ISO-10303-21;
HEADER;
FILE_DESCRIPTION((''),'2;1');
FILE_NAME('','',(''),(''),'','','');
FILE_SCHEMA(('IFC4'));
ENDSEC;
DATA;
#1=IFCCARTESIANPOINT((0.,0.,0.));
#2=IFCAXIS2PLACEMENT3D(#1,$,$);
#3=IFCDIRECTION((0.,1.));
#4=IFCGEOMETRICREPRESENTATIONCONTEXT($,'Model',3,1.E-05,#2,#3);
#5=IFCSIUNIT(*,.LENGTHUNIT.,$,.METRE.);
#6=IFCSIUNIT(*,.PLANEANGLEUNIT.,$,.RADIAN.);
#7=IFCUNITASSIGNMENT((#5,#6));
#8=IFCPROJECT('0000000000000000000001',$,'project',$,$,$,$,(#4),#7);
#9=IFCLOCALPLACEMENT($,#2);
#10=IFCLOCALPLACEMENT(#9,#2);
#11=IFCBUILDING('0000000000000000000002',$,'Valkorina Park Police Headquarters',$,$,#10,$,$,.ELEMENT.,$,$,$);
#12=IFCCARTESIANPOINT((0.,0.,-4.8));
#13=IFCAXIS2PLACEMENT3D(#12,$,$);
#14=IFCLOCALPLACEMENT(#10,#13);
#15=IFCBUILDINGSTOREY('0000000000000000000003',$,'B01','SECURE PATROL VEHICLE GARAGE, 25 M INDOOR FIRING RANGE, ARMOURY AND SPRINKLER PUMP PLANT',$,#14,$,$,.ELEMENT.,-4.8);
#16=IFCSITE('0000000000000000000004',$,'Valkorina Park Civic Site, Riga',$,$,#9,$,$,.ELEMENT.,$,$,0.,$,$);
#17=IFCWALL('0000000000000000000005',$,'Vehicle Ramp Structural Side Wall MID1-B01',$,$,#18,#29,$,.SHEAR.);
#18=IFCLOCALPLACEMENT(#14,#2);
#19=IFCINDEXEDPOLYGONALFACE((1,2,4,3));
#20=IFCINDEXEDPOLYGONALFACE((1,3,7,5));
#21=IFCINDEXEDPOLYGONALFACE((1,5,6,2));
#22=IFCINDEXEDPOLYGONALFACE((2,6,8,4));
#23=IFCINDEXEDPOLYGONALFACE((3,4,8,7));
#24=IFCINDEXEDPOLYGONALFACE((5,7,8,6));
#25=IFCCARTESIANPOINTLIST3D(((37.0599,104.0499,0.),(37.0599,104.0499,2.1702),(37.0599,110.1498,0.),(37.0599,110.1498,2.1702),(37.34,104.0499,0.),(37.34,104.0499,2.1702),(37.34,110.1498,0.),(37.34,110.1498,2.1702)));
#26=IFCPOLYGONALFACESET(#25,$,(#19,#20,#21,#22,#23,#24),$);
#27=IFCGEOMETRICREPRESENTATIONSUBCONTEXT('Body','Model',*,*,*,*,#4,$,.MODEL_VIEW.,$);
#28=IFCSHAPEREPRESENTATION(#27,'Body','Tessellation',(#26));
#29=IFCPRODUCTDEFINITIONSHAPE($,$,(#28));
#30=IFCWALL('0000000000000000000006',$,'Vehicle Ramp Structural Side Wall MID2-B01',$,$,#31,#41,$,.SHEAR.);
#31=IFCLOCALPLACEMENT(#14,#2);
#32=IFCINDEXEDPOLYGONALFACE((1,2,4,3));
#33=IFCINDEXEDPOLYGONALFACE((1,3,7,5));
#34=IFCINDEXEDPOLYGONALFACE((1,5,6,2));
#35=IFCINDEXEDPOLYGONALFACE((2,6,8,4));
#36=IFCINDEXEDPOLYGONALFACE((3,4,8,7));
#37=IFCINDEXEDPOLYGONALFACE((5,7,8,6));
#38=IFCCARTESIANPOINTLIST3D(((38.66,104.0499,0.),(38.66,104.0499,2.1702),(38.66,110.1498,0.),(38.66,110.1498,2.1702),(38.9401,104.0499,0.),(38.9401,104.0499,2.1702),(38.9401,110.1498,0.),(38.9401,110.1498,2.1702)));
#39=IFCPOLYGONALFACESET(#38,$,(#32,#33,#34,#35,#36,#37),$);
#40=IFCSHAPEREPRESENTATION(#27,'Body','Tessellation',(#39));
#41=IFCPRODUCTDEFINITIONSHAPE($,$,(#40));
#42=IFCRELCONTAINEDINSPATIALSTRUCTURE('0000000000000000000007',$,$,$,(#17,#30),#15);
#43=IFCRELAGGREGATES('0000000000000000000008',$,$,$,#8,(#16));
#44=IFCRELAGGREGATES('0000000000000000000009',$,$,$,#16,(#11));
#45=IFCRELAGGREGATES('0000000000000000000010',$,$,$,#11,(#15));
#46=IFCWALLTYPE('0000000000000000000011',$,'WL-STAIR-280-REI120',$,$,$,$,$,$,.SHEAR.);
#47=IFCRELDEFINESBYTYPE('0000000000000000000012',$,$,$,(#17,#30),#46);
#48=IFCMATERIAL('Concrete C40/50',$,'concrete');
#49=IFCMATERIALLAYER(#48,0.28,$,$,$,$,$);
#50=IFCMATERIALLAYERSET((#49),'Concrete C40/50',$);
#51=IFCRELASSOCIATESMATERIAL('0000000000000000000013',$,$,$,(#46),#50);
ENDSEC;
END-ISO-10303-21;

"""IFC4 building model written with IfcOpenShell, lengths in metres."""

from ifc_helpers import new_model, si_unit, direction, frame, frame_2d, origin, place, context, subcontext, project, spatial, rectangle, extrude, material, layer, layer_set, type_object, element, save


model = new_model("IFC4")

# Units and contexts
model_context = context("Model", 3, precision=1e-05, world=origin(), true_north=direction((0.0, 1.0)))
body_context = subcontext(model_context, "Body", "Model", "MODEL_VIEW")
ifc_project = project(units=[si_unit("LENGTHUNIT", "METRE"), si_unit("PLANEANGLEUNIT", "RADIAN")], contexts=[model_context])

# Site, building, storey
site_placement = place(None, origin())
site = spatial("IfcSite", under=ifc_project, at=site_placement, Name="Valkorina Park Civic Site, Riga", CompositionType="ELEMENT", RefElevation=0.0)
building_placement = place(site_placement, origin())
building = spatial("IfcBuilding", under=site, at=building_placement, Name="Valkorina Park Police Headquarters", CompositionType="ELEMENT")
storey_placement = place(building_placement, frame((0.0, 0.0, -4.8)))
storey = spatial("IfcBuildingStorey", under=building, at=storey_placement, Name="B01", Description="SECURE PATROL VEHICLE GARAGE, 25 M INDOOR FIRING RANGE, ARMOURY AND SPRINKLER PUMP PLANT", CompositionType="ELEMENT", Elevation=-4.8)

# Shared definitions
ifc_material_1 = material(Name="Concrete C40/50", Category="concrete")

# Walls
ifc_layer_1 = layer(ifc_material_1, 0.28)
ifc_layer_set_1 = layer_set([ifc_layer_1], Name="Concrete C40/50")
wall_type = type_object("IfcWallType", Name="WL-STAIR-280-REI120", PredefinedType="SHEAR", material=ifc_layer_set_1)
for number, where, z_axis, x_axis, name in (
    (1, (37.2, 104.05, 0.0), (0.0, 0.0, 1.0), (0.0, 1.0, 0.0), "Vehicle Ramp Structural Side Wall MID1-B01"),
    (2, (38.8, 104.05, 0.0), (0.0, 0.0, 1.0), (0.0, 1.0, 0.0), "Vehicle Ramp Structural Side Wall MID2-B01"),
):
    element("IfcWall", number, at=place(storey_placement, frame(where, z_axis=z_axis, x_axis=x_axis)), inside=storey, type_object=wall_type, Name=name, PredefinedType="SHEAR", context=body_context, shape_type="SweptSolid", body=[
        extrude(rectangle(XDim=6.0999, YDim=0.28, at=frame_2d((3.0498, 0.0))), origin(), (0.0, 0.0, 1.0), 2.1702),
    ])

save(model, "model.ifc")
